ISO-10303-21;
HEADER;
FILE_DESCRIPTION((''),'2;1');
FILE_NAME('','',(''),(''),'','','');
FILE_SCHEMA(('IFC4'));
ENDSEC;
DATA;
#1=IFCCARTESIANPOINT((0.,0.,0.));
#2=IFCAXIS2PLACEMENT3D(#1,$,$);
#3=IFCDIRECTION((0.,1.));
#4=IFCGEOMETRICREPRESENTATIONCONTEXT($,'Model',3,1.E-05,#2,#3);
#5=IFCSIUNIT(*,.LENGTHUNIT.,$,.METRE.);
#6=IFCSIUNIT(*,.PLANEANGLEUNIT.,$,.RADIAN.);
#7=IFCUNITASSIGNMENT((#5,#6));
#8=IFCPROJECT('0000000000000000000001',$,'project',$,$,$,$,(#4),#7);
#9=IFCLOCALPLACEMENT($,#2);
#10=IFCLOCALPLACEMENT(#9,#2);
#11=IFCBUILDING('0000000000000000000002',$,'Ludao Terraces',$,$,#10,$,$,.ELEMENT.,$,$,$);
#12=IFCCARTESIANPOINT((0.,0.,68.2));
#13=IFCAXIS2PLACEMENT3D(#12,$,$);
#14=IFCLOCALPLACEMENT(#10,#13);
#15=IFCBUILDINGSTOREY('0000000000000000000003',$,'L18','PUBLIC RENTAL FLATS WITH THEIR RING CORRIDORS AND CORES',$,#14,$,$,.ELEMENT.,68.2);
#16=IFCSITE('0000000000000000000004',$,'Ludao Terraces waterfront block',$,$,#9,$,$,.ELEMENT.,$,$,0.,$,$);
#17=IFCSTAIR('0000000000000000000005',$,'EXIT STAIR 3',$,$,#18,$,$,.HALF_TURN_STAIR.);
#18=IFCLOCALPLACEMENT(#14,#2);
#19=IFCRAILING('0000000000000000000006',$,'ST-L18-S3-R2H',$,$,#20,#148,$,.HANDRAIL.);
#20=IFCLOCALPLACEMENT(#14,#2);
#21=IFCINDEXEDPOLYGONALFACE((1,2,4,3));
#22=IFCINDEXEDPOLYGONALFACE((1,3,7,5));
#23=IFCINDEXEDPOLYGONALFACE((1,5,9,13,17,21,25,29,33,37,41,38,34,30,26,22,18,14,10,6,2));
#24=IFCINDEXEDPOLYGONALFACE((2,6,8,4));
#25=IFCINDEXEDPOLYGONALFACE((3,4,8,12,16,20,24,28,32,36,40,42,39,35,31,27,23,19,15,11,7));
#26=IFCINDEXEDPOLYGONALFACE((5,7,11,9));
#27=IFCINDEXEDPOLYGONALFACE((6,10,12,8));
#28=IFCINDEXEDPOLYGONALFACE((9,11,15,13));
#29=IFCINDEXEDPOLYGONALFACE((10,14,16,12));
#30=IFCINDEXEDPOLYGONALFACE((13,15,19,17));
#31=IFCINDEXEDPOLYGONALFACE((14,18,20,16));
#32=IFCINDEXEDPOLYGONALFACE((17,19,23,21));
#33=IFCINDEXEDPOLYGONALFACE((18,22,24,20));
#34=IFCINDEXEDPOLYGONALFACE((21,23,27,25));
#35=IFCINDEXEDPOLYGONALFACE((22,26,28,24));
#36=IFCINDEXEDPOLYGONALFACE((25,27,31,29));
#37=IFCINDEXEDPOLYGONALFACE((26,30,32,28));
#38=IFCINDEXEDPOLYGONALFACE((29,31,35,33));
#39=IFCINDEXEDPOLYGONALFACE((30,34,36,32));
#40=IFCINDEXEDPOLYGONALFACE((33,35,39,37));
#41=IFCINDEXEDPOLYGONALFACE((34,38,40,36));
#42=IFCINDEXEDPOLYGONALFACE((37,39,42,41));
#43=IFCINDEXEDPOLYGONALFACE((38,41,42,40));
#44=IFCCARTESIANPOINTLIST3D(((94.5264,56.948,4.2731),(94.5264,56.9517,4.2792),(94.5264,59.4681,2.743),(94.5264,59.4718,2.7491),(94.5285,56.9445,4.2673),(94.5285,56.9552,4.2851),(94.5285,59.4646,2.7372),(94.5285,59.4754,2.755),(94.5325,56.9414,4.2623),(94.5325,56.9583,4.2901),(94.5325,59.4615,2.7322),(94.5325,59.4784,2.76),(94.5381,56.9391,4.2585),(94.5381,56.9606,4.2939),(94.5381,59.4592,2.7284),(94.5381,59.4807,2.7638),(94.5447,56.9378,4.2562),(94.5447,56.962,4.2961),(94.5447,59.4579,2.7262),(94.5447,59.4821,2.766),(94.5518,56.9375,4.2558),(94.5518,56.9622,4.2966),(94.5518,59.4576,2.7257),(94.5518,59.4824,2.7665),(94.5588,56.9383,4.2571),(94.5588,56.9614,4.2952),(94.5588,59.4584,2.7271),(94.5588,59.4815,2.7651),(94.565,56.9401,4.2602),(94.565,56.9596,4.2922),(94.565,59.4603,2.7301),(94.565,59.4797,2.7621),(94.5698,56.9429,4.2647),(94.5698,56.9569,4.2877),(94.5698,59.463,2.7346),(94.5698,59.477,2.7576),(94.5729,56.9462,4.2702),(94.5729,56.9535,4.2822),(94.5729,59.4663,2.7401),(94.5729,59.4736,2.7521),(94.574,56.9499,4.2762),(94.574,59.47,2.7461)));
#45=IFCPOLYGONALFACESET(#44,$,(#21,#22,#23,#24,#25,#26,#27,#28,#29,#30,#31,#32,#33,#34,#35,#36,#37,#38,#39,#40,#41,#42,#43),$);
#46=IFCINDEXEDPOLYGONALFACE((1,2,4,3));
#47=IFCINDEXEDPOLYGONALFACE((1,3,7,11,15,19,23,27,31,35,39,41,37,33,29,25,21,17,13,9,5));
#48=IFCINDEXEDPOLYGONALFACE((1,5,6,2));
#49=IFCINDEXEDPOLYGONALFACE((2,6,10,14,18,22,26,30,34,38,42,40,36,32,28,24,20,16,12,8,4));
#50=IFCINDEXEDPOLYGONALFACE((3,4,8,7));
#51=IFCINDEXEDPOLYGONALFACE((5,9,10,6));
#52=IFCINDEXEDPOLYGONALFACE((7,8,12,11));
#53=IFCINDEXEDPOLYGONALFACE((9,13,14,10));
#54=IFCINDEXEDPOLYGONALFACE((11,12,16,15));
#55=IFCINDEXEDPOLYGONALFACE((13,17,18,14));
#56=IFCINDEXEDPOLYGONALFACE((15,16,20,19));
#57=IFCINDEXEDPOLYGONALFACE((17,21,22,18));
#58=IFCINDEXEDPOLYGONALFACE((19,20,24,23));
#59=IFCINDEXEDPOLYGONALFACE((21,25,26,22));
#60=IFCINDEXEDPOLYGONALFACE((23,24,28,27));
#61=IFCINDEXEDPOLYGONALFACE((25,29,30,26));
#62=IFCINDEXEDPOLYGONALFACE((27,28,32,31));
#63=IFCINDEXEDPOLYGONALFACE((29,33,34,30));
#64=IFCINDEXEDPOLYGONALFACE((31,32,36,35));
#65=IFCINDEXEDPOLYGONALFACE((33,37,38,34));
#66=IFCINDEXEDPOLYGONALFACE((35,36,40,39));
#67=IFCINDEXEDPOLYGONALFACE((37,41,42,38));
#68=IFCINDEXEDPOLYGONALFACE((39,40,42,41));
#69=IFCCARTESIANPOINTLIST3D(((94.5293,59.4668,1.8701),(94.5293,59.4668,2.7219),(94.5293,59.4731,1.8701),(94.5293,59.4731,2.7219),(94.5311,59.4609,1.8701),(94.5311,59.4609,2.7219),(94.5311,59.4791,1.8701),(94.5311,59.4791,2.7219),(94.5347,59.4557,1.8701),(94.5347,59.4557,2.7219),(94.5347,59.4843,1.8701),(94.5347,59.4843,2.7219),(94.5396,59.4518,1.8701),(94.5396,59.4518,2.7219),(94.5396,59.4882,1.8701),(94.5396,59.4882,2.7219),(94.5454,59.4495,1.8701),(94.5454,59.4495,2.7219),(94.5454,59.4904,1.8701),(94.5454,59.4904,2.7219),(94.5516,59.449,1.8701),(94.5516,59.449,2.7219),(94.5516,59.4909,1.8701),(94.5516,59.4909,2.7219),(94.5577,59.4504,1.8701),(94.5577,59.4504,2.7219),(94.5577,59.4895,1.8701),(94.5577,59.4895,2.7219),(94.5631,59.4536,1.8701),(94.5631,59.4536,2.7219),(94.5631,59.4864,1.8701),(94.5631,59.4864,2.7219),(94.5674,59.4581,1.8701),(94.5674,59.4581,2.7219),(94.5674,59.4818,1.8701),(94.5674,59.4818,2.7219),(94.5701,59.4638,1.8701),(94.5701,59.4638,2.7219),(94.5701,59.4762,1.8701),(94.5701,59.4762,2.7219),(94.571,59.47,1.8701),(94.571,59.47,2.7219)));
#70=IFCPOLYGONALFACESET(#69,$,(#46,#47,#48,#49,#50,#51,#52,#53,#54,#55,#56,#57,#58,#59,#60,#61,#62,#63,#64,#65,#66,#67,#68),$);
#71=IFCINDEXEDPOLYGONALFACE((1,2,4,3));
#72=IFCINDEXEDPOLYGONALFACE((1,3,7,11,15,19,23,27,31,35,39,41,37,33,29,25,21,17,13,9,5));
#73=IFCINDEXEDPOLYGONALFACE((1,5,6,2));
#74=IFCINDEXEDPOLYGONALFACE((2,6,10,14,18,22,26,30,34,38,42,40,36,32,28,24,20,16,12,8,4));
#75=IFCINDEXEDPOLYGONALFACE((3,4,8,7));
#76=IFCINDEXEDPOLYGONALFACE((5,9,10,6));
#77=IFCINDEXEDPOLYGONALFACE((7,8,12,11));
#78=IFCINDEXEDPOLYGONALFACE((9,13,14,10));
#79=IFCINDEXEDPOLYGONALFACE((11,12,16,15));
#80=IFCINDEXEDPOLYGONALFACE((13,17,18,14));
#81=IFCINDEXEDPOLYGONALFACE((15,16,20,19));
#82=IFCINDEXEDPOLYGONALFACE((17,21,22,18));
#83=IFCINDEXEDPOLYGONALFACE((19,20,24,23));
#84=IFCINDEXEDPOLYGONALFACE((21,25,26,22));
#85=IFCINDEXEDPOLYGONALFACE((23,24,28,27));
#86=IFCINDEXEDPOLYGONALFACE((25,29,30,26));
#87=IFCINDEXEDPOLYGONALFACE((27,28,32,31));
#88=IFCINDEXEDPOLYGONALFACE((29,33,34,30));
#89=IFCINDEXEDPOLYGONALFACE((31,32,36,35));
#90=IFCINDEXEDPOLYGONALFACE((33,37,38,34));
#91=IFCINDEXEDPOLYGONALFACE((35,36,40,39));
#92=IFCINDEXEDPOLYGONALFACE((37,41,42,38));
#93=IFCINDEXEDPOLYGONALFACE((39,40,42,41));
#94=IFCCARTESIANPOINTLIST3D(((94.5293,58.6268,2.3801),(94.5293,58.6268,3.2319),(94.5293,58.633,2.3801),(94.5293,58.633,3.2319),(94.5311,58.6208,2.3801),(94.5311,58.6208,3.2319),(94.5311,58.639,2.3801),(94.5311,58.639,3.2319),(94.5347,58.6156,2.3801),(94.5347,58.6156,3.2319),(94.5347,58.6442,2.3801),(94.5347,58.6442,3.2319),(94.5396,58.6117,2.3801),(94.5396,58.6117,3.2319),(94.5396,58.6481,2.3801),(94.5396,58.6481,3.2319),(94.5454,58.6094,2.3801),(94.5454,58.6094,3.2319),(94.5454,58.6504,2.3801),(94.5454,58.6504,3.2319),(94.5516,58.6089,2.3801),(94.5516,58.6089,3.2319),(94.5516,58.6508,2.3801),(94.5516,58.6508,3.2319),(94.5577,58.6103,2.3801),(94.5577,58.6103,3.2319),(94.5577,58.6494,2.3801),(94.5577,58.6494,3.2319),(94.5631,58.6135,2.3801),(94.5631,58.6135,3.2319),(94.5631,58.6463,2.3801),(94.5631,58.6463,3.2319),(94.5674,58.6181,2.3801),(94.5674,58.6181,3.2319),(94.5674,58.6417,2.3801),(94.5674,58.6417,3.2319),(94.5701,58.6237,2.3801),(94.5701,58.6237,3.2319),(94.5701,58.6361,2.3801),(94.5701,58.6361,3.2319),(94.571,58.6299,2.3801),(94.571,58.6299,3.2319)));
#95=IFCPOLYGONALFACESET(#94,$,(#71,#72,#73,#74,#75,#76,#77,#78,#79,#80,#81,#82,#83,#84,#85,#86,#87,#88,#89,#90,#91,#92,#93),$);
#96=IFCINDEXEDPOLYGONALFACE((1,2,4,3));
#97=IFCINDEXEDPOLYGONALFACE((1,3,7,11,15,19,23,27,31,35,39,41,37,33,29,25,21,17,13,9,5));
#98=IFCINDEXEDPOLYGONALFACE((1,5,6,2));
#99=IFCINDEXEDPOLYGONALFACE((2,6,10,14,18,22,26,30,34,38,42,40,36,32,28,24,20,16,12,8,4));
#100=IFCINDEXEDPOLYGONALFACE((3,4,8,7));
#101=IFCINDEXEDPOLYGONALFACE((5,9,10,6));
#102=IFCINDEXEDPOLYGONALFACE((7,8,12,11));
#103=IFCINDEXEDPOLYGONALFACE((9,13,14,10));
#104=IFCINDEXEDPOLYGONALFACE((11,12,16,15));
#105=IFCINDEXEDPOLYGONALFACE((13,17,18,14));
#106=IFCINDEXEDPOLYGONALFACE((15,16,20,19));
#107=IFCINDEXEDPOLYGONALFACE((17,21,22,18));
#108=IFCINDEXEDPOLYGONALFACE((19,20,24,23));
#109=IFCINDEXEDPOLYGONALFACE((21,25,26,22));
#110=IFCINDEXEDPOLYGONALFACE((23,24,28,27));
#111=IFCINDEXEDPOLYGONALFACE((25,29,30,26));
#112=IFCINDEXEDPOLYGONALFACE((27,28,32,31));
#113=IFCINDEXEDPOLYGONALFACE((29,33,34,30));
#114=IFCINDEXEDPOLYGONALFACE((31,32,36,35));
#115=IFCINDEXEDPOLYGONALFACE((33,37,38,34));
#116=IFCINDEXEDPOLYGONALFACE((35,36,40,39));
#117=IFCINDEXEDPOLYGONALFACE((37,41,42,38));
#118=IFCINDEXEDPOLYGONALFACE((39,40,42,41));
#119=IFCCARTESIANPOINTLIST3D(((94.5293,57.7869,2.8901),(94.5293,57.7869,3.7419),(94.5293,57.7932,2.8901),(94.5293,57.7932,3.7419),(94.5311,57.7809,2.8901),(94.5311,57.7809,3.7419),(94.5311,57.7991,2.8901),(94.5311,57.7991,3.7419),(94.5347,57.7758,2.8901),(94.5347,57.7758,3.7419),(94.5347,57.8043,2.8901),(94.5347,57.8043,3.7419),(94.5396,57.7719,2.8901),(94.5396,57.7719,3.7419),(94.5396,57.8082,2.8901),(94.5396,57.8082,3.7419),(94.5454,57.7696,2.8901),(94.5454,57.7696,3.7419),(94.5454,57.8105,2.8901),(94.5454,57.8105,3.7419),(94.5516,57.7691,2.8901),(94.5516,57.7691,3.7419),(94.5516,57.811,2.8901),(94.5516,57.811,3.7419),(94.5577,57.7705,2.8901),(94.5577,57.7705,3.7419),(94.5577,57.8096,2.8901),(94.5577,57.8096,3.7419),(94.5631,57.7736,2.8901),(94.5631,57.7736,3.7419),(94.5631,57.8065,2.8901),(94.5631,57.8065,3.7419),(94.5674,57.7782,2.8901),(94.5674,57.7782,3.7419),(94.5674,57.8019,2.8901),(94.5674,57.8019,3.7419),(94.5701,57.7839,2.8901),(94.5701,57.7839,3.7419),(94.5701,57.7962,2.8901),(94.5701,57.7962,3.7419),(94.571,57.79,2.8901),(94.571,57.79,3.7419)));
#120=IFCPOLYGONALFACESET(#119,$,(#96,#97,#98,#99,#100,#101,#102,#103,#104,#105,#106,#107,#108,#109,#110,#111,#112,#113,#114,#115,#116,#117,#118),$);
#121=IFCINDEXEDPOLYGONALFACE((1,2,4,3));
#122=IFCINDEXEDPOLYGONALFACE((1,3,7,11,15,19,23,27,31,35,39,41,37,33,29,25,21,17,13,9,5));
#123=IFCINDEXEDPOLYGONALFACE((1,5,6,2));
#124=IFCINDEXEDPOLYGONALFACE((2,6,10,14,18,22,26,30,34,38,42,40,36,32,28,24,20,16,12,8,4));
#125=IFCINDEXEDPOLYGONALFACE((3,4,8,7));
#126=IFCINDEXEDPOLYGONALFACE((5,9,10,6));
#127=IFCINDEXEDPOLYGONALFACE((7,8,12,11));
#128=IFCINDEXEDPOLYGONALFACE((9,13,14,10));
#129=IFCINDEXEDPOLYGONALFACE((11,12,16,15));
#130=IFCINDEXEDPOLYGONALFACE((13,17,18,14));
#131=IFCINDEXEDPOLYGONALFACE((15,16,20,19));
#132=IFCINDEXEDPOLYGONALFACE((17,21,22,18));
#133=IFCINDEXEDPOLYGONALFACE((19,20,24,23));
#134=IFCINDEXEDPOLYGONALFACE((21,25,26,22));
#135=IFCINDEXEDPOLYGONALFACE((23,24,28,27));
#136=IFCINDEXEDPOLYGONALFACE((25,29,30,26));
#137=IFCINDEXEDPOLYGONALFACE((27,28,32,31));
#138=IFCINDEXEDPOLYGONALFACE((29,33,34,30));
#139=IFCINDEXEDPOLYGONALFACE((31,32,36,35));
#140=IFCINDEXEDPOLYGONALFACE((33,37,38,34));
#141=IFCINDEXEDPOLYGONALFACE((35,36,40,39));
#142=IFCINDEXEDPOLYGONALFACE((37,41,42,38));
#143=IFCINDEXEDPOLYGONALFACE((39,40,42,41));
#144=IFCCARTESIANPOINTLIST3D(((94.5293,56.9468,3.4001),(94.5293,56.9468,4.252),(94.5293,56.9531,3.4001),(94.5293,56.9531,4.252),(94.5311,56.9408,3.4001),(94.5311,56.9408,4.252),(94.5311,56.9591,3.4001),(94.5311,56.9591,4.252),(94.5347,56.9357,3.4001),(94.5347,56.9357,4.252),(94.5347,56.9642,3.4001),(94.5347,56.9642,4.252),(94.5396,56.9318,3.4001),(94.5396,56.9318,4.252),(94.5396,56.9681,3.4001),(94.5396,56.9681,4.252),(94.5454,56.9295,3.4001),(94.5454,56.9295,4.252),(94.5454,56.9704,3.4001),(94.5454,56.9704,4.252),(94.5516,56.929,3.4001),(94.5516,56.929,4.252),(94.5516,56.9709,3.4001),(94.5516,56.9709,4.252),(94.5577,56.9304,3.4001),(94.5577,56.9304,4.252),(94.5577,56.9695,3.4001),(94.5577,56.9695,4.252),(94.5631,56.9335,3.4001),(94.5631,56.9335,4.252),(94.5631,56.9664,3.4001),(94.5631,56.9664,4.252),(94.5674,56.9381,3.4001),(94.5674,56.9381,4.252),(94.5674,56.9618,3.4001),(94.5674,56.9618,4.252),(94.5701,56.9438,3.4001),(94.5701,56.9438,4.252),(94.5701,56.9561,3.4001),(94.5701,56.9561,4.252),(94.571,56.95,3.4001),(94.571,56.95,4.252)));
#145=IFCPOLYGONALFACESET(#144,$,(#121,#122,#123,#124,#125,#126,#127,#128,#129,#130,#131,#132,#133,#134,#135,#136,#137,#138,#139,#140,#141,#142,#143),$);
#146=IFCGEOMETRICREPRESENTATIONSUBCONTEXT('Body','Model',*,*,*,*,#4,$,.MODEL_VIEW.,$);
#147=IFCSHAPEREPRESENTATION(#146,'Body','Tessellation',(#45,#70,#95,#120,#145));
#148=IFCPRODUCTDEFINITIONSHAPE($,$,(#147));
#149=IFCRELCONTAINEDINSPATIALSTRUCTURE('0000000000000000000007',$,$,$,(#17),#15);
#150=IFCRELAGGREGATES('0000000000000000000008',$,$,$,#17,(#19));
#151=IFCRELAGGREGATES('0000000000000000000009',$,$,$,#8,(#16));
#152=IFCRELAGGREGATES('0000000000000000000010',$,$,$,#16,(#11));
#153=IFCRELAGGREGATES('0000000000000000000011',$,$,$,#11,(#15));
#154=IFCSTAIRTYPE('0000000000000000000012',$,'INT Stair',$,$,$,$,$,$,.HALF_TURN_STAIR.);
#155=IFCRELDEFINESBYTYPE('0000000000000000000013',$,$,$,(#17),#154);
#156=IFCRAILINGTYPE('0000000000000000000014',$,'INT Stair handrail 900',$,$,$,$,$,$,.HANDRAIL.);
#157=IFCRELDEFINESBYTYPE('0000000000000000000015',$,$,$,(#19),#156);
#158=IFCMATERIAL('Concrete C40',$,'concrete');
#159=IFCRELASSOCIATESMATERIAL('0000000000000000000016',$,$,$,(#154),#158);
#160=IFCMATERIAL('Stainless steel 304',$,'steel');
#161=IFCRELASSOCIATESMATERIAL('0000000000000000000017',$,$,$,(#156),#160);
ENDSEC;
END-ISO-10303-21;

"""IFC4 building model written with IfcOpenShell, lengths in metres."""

from ifc_helpers import new_model, si_unit, direction, frame, origin, origin_2d, place, context, subcontext, project, spatial, circle, extrude, material, type_object, element, aggregate, save


model = new_model("IFC4")

# Units and contexts
model_context = context("Model", 3, precision=1e-05, world=origin(), true_north=direction((0.0, 1.0)))
body_context = subcontext(model_context, "Body", "Model", "MODEL_VIEW")
ifc_project = project(units=[si_unit("LENGTHUNIT", "METRE"), si_unit("PLANEANGLEUNIT", "RADIAN")], contexts=[model_context])

# Site, building, storey
site_placement = place(None, origin())
site = spatial("IfcSite", under=ifc_project, at=site_placement, Name="Ludao Terraces waterfront block", CompositionType="ELEMENT", RefElevation=0.0)
building_placement = place(site_placement, origin())
building = spatial("IfcBuilding", under=site, at=building_placement, Name="Ludao Terraces", CompositionType="ELEMENT")
storey_placement = place(building_placement, frame((0.0, 0.0, 68.2)))
storey = spatial("IfcBuildingStorey", under=building, at=storey_placement, Name="L18", Description="PUBLIC RENTAL FLATS WITH THEIR RING CORRIDORS AND CORES", CompositionType="ELEMENT", Elevation=68.2)

# Stair, railing
ifc_material_1 = material(Name="Concrete C40", Category="concrete")
stair_type = type_object("IfcStairType", Name="INT Stair", PredefinedType="HALF_TURN_STAIR", material=ifc_material_1)
stair_placement = place(storey_placement, origin())
stair = element("IfcStair", 1, at=stair_placement, inside=storey, type_object=stair_type, Name="EXIT STAIR 3", PredefinedType="HALF_TURN_STAIR")
ifc_material_2 = material(Name="Stainless steel 304", Category="steel")
railing_type_1 = type_object("IfcRailingType", Name="INT Stair handrail 900", PredefinedType="HANDRAIL", material=ifc_material_2)
railing_1_placement = place(storey_placement, frame((94.55, 59.47, 1.8701)))
railing_1 = element("IfcRailing", 2, at=railing_1_placement, type_object=railing_type_1, Name="ST-L18-S3-R2H", PredefinedType="HANDRAIL", context=body_context, shape_type="SweptSolid", body=[
    extrude(circle(Radius=0.0239, at=origin_2d()), frame((0.0, 0.0, 0.876), z_axis=(0.0, -0.854785, 0.518982), x_axis=(1.0, 0.0, 0.0)), (0.0, 0.0, 1.0), 2.9482),
    extrude(circle(Radius=0.021, at=origin_2d()), origin(), (0.0, 0.0, 1.0), 0.8518),
    extrude(circle(Radius=0.021, at=origin_2d()), frame((0.0, -0.8401, 0.51)), (0.0, 0.0, 1.0), 0.8518),
    extrude(circle(Radius=0.021, at=origin_2d()), frame((0.0, -1.6799, 1.02)), (0.0, 0.0, 1.0), 0.8518),
    extrude(circle(Radius=0.021, at=origin_2d()), frame((0.0, -2.52, 1.53)), (0.0, 0.0, 1.0), 0.8518),
])
aggregate(stair, [railing_1])

save(model, "model.ifc")
